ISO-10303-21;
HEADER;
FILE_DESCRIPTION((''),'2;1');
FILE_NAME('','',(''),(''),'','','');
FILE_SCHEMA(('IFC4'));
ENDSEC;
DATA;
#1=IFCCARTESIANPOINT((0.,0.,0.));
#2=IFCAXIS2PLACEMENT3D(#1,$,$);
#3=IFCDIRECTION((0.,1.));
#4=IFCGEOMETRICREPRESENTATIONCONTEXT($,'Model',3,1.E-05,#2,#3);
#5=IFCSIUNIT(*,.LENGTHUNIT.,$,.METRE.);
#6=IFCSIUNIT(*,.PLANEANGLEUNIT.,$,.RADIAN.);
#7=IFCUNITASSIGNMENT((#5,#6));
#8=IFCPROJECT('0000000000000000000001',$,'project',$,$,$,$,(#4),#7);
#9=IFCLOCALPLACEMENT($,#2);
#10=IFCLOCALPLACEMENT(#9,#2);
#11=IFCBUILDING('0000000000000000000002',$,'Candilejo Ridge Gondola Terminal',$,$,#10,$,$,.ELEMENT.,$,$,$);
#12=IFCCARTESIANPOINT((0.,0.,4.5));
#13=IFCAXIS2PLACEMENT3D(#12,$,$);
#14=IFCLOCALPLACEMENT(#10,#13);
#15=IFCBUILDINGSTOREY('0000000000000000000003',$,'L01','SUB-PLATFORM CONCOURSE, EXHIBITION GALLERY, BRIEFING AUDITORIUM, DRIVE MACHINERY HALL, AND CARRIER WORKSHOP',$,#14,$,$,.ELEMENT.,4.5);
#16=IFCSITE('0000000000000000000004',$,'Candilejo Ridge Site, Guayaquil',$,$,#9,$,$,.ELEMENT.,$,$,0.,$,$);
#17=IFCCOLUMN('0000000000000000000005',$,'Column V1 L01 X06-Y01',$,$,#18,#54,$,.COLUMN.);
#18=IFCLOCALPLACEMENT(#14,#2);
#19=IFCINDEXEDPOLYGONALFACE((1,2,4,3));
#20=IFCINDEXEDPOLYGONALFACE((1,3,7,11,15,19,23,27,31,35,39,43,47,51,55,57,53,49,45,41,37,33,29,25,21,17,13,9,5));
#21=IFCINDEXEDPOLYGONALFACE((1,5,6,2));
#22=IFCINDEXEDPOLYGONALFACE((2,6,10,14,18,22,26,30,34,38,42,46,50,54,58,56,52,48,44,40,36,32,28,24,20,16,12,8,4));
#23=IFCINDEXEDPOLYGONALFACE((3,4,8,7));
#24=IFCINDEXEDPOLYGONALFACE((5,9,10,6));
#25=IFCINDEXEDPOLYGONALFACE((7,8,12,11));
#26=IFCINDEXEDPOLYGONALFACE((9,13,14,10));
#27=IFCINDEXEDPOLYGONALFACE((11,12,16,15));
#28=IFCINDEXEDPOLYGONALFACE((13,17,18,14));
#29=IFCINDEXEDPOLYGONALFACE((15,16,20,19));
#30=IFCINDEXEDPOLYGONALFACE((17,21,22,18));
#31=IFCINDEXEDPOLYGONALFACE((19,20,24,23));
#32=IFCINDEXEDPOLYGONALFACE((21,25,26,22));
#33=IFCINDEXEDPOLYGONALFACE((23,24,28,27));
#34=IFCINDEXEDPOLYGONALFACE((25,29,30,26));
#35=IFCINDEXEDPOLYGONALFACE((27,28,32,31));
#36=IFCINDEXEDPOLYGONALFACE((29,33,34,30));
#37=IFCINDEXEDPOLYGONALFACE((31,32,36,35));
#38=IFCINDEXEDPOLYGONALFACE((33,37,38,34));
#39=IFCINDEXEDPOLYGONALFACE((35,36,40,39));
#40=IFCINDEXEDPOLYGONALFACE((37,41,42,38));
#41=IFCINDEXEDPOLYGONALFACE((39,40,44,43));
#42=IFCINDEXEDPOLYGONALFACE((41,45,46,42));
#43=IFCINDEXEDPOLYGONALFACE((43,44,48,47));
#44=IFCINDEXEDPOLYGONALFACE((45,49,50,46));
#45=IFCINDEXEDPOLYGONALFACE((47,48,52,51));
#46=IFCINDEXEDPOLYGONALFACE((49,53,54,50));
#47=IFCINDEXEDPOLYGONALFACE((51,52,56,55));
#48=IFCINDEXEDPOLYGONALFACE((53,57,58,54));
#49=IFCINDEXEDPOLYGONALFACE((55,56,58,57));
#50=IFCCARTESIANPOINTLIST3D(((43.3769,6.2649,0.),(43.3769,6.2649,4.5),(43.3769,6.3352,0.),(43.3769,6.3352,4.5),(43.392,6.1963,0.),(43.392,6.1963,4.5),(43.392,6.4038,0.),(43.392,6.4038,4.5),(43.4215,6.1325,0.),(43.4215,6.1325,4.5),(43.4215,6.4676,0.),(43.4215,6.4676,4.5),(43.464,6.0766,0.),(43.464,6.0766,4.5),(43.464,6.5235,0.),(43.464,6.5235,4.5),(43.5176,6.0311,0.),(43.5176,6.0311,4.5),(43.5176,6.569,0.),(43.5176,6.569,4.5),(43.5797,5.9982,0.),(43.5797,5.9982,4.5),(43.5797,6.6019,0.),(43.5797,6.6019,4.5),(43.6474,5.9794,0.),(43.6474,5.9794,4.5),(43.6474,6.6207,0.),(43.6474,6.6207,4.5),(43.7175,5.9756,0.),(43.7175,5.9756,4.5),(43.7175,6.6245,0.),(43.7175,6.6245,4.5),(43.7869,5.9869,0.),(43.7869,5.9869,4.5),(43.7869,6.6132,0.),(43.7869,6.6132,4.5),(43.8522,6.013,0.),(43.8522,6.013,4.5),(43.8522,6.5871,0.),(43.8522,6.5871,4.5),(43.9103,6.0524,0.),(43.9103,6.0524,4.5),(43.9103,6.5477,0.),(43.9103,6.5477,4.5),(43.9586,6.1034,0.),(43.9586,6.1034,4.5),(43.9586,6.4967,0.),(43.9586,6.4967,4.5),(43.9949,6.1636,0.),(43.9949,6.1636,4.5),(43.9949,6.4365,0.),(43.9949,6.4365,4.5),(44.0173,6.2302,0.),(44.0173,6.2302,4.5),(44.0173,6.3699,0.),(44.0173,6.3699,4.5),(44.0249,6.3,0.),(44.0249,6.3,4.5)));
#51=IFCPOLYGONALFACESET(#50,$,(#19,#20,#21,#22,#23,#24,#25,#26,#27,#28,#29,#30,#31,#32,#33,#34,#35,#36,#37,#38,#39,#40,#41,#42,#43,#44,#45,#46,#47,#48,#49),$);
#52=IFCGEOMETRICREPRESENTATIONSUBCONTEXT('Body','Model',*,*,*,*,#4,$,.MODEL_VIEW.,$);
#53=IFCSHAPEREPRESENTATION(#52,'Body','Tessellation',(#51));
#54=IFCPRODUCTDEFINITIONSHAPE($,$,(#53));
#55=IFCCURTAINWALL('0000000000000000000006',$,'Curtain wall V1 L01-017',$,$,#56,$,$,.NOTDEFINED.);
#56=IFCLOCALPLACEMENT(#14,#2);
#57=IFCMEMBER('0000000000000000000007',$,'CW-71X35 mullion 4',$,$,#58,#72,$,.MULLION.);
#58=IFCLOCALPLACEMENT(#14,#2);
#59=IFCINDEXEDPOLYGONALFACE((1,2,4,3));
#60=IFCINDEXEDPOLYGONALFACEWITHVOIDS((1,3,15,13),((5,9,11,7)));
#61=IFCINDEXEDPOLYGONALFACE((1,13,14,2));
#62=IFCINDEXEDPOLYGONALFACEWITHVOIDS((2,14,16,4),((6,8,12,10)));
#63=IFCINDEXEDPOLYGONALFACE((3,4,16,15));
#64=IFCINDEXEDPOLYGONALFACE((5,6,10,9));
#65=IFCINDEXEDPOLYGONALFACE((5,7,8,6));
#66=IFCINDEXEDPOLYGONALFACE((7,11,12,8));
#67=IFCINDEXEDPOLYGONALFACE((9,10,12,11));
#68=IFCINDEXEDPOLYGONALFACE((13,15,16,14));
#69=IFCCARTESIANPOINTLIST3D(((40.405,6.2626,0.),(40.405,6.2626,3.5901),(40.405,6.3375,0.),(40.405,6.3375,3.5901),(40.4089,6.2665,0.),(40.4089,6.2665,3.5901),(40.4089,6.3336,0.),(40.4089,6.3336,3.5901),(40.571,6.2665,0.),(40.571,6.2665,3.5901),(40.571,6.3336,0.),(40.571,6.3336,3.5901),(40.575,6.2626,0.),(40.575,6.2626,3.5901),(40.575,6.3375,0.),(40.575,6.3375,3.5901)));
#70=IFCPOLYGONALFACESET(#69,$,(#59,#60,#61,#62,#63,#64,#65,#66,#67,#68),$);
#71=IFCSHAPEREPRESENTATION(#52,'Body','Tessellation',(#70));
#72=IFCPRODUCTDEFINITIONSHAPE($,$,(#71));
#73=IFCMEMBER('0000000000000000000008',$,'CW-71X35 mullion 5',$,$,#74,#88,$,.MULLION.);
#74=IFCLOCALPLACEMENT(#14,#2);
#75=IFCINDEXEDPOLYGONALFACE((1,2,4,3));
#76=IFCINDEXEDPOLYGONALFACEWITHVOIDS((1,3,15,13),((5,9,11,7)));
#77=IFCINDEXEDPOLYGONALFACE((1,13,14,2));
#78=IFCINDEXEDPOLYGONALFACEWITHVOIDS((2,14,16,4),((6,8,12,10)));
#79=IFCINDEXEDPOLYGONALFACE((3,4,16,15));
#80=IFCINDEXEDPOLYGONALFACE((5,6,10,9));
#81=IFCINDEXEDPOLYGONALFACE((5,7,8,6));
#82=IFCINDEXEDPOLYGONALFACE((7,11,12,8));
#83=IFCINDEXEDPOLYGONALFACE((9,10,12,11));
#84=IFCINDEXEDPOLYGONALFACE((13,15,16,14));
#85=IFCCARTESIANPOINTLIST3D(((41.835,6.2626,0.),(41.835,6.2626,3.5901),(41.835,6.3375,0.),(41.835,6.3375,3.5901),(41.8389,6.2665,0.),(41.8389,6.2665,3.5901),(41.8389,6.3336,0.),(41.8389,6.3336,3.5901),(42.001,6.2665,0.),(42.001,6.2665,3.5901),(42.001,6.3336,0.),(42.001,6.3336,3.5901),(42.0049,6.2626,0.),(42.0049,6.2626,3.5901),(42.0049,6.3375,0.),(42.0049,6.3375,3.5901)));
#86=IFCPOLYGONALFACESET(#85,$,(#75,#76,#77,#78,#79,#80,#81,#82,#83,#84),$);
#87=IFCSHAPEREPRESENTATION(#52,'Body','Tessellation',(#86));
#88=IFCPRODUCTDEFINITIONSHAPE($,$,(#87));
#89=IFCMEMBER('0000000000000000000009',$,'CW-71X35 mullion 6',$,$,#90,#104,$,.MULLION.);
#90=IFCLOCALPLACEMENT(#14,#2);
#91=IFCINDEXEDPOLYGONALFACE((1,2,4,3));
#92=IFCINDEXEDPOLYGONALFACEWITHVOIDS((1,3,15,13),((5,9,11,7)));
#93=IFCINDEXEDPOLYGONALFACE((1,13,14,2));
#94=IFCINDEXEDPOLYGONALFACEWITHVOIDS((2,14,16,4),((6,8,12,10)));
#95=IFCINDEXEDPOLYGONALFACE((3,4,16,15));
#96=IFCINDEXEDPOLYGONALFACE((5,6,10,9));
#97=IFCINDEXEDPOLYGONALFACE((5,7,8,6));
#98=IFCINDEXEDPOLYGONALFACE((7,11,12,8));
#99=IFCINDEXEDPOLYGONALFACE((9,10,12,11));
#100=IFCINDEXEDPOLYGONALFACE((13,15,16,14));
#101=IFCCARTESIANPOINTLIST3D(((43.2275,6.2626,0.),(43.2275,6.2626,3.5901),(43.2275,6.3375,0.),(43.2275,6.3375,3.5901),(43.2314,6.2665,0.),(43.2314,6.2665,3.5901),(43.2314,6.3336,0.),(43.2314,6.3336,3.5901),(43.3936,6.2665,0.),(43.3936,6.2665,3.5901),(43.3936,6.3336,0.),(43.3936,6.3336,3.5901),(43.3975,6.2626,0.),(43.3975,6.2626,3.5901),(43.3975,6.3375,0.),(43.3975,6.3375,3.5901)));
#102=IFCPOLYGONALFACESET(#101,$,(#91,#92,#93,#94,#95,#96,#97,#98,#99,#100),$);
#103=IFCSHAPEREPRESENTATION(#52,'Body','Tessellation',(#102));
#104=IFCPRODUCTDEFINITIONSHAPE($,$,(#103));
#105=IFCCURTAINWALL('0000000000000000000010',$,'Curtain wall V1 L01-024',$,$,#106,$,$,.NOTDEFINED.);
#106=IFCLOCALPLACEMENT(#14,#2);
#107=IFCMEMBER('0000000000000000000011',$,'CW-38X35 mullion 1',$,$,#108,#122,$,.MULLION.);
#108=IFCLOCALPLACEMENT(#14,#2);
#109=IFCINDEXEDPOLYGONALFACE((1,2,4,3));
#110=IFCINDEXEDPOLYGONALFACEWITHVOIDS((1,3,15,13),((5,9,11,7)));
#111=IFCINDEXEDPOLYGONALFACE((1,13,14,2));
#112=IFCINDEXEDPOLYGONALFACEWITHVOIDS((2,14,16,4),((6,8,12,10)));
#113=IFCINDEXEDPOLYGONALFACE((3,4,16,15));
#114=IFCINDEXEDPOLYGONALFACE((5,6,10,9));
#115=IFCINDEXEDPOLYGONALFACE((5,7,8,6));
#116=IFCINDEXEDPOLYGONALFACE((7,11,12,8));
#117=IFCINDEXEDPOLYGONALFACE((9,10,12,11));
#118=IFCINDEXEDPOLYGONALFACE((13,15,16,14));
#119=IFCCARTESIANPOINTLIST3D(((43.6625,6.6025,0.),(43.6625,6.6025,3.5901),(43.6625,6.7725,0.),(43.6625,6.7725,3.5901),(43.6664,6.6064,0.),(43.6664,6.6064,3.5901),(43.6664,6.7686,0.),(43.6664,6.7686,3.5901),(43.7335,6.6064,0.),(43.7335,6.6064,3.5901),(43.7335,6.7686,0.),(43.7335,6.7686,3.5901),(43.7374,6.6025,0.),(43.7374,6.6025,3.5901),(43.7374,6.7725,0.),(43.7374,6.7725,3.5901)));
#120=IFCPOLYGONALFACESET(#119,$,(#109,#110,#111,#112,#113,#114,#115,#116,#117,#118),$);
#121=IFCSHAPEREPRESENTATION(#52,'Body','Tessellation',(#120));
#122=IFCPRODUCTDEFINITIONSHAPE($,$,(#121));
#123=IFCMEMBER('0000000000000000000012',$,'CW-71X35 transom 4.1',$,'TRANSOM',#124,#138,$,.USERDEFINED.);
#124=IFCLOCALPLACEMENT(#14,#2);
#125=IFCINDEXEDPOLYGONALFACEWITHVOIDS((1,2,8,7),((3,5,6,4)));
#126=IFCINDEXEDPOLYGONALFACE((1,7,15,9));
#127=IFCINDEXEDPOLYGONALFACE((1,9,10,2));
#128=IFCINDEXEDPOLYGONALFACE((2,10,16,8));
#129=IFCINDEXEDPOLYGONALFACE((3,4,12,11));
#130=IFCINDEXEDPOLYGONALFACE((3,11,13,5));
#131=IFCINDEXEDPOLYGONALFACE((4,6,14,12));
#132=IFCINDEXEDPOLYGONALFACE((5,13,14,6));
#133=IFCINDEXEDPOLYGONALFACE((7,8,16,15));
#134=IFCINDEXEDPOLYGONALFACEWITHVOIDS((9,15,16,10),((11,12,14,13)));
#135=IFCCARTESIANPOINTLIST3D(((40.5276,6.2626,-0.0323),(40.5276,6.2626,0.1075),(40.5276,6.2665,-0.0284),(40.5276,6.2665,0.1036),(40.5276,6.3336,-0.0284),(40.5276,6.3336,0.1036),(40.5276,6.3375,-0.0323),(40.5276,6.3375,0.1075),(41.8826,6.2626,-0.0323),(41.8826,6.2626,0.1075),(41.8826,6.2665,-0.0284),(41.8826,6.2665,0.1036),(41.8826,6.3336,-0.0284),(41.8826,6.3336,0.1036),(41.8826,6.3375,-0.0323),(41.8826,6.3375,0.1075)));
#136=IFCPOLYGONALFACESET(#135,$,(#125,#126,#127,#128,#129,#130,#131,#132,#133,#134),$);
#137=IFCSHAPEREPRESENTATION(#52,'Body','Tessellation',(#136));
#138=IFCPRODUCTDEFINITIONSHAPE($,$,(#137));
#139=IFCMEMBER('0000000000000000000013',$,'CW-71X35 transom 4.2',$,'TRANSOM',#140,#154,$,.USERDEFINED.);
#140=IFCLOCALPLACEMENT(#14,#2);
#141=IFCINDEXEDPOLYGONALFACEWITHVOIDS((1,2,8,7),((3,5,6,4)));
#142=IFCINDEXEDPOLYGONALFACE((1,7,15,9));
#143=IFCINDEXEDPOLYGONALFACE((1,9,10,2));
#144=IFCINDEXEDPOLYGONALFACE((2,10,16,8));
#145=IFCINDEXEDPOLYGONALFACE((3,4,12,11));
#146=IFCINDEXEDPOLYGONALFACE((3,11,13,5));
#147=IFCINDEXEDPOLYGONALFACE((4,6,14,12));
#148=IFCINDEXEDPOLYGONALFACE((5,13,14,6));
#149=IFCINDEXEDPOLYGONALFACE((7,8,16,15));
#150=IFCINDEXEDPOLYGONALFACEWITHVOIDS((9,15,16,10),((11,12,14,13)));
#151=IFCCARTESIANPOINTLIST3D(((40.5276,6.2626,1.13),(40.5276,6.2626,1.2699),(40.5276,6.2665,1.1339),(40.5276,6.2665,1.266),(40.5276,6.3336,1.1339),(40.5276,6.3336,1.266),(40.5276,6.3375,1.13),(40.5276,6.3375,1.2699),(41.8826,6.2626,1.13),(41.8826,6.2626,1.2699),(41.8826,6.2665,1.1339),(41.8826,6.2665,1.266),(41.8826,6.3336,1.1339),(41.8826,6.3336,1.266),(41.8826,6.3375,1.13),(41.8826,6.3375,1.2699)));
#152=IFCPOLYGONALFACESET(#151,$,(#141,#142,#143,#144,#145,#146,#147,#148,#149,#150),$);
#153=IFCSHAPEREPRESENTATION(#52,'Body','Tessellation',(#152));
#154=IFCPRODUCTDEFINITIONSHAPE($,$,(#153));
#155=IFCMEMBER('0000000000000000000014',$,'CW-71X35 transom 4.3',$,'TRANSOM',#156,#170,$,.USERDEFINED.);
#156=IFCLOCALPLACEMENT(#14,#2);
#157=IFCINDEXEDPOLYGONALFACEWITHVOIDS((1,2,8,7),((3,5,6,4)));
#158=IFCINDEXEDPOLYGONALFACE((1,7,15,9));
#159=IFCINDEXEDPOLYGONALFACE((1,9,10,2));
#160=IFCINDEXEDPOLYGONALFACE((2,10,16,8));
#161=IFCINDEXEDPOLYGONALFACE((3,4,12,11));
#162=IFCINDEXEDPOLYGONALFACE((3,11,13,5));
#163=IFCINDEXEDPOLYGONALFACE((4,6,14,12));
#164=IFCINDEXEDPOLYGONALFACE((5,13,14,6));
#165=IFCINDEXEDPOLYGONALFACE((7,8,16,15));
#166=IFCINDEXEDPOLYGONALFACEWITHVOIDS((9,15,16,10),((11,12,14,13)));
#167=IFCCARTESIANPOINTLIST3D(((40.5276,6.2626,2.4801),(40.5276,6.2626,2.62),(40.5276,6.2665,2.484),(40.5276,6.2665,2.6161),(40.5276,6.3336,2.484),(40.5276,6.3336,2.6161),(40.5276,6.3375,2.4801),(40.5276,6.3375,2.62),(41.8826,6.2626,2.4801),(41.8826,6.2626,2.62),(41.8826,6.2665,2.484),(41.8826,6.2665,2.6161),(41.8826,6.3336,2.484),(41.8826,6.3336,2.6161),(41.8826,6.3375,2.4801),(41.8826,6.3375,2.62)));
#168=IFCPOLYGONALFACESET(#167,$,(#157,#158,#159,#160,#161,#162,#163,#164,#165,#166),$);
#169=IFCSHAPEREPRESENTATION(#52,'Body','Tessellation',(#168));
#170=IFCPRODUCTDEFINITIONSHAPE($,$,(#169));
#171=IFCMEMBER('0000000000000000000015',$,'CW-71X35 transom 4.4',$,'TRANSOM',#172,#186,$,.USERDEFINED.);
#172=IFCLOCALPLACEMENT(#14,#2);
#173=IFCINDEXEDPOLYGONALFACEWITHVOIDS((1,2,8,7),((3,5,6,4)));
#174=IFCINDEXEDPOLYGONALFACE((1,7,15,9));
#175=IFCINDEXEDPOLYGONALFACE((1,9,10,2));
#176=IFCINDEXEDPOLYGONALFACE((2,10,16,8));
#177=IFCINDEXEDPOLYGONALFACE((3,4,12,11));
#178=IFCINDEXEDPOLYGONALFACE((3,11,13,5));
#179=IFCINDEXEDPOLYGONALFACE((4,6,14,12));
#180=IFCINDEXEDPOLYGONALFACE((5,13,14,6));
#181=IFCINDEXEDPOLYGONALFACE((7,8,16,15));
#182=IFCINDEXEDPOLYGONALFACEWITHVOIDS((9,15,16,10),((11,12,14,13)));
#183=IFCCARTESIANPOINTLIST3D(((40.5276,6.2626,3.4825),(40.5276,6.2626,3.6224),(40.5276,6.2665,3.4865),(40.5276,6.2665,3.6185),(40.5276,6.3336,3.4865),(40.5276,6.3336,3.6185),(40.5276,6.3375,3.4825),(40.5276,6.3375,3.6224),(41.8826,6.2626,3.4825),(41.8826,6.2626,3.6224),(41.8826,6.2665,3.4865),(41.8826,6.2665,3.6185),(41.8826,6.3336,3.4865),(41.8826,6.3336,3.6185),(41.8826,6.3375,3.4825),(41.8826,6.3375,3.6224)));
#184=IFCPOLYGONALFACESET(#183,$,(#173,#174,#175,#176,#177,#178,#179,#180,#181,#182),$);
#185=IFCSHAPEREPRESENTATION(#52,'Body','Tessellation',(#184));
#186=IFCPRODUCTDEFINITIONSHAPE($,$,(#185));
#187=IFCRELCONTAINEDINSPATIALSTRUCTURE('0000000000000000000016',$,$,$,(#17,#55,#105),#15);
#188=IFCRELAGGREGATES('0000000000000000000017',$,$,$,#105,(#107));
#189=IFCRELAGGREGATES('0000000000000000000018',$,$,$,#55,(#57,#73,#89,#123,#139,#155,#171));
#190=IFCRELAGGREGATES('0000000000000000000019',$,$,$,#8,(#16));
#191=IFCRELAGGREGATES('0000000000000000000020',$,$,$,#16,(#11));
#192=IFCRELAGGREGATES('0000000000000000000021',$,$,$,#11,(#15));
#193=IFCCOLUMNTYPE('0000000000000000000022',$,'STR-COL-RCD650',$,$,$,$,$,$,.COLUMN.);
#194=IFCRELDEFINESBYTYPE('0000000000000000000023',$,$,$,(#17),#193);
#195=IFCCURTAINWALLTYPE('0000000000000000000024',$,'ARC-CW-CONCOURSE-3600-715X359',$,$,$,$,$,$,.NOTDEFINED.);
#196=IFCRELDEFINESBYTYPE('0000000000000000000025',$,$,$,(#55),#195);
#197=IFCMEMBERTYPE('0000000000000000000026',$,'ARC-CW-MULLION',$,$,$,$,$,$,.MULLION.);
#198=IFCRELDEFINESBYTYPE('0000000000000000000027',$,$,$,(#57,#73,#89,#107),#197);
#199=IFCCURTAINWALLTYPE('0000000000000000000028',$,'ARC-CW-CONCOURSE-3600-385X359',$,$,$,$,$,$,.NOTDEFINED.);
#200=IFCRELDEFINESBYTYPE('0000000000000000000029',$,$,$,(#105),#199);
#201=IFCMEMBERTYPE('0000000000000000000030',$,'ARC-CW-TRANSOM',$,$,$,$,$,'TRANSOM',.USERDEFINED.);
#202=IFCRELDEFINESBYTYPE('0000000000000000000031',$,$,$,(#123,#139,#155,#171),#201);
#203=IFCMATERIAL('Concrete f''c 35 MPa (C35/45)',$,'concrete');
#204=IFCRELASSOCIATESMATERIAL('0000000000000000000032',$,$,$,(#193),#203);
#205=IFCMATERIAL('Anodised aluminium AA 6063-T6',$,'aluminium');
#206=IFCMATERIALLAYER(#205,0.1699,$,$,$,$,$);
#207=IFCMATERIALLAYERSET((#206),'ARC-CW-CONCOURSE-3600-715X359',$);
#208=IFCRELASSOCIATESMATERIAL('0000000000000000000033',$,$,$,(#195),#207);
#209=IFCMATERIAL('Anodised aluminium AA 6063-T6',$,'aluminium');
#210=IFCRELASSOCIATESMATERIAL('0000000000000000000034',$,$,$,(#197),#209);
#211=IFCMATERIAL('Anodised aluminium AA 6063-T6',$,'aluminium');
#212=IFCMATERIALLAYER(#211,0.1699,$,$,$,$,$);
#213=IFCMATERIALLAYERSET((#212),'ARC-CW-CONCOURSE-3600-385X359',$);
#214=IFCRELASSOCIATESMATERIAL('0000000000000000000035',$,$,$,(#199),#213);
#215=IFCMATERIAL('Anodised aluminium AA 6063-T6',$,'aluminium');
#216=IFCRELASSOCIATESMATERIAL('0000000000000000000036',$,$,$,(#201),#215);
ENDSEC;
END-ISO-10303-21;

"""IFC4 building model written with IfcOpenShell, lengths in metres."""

from ifc_helpers import new_model, si_unit, direction, frame, origin, origin_2d, place, context, subcontext, project, spatial, hollow_rectangle, circle, extrude, material, layer, layer_set, material_profile, profile_set, type_object, element, aggregate, save


model = new_model("IFC4")

# Units and contexts
model_context = context("Model", 3, precision=1e-05, world=origin(), true_north=direction((0.0, 1.0)))
body_context = subcontext(model_context, "Body", "Model", "MODEL_VIEW")
ifc_project = project(units=[si_unit("LENGTHUNIT", "METRE"), si_unit("PLANEANGLEUNIT", "RADIAN")], contexts=[model_context])

# Site, building, storey
site_placement = place(None, origin())
site = spatial("IfcSite", under=ifc_project, at=site_placement, Name="Candilejo Ridge Site, Guayaquil", CompositionType="ELEMENT", RefElevation=0.0)
building_placement = place(site_placement, origin())
building = spatial("IfcBuilding", under=site, at=building_placement, Name="Candilejo Ridge Gondola Terminal", CompositionType="ELEMENT")
storey_placement = place(building_placement, frame((0.0, 0.0, 4.5)))
storey = spatial("IfcBuildingStorey", under=building, at=storey_placement, Name="L01", Description="SUB-PLATFORM CONCOURSE, EXHIBITION GALLERY, BRIEFING AUDITORIUM, DRIVE MACHINERY HALL, AND CARRIER WORKSHOP", CompositionType="ELEMENT", Elevation=4.5)

# Column
ifc_material_1 = material(Name="Concrete f'c 35 MPa (C35/45)", Category="concrete")
ifc_material_profile_1 = material_profile(ifc_material_1, circle(Radius=0.325, at=origin_2d()))
ifc_profile_set_1 = profile_set([ifc_material_profile_1], Name="Concrete f'c 35 MPa (C35/45)")
column_type = type_object("IfcColumnType", Name="STR-COL-RCD650", PredefinedType="COLUMN", material=ifc_profile_set_1)
column_placement = place(storey_placement, frame((43.7, 6.3, 0.0), z_axis=(0.0, 0.0, 1.0), x_axis=(1.0, 0.0, 0.0)))
element("IfcColumn", 1, at=column_placement, inside=storey, type_object=column_type, Name="Column V1 L01 X06-Y01", PredefinedType="COLUMN", context=body_context, shape_type="SweptSolid", body=[
    extrude(circle(Radius=0.325, at=origin_2d()), origin(), (0.0, 0.0, 1.0), 4.5),
])

# Curtain wall, members
ifc_material_2 = material(Name="Anodised aluminium AA 6063-T6", Category="aluminium")
ifc_layer_1 = layer(ifc_material_2, 0.1699)
ifc_layer_set_1 = layer_set([ifc_layer_1], Name="ARC-CW-CONCOURSE-3600-715X359")
curtain_wall_type_1 = type_object("IfcCurtainWallType", Name="ARC-CW-CONCOURSE-3600-715X359", PredefinedType="NOTDEFINED", material=ifc_layer_set_1)
curtain_wall_1_placement = place(storey_placement, origin())
curtain_wall_1 = element("IfcCurtainWall", 2, at=curtain_wall_1_placement, inside=storey, type_object=curtain_wall_type_1, Name="Curtain wall V1 L01-017", PredefinedType="NOTDEFINED")
ifc_material_3 = material(Name="Anodised aluminium AA 6063-T6", Category="aluminium")
ifc_material_profile_2 = material_profile(ifc_material_3, hollow_rectangle(XDim=0.075, YDim=0.1699, WallThickness=0.0039, at=origin_2d()))
ifc_profile_set_2 = profile_set([ifc_material_profile_2], Name="Anodised aluminium AA 6063-T6")
member_type_1 = type_object("IfcMemberType", Name="ARC-CW-MULLION", PredefinedType="MULLION", material=ifc_profile_set_2)
member_1_placement = place(storey_placement, frame((40.49, 6.3, 0.0), z_axis=(0.0, 0.0, 1.0), x_axis=(0.0, 1.0, 0.0)))
member_1 = element("IfcMember", 3, at=member_1_placement, type_object=member_type_1, Name="CW-71X35 mullion 4", PredefinedType="MULLION", context=body_context, shape_type="SweptSolid", body=[
    extrude(hollow_rectangle(XDim=0.075, YDim=0.1699, WallThickness=0.0039, at=origin_2d()), origin(), (0.0, 0.0, 1.0), 3.5901),
])
member_2_placement = place(storey_placement, frame((41.9199, 6.3, 0.0), z_axis=(0.0, 0.0, 1.0), x_axis=(0.0, 1.0, 0.0)))
member_2 = element("IfcMember", 4, at=member_2_placement, type_object=member_type_1, Name="CW-71X35 mullion 5", PredefinedType="MULLION", context=body_context, shape_type="SweptSolid", body=[
    extrude(hollow_rectangle(XDim=0.075, YDim=0.1699, WallThickness=0.0039, at=origin_2d()), origin(), (0.0, 0.0, 1.0), 3.5901),
])
member_3_placement = place(storey_placement, frame((43.3125, 6.3, 0.0), z_axis=(0.0, 0.0, 1.0), x_axis=(0.0, 1.0, 0.0)))
member_3 = element("IfcMember", 5, at=member_3_placement, type_object=member_type_1, Name="CW-71X35 mullion 6", PredefinedType="MULLION", context=body_context, shape_type="SweptSolid", body=[
    extrude(hollow_rectangle(XDim=0.075, YDim=0.1699, WallThickness=0.0039, at=origin_2d()), origin(), (0.0, 0.0, 1.0), 3.5901),
])

# Curtain wall, member
ifc_material_4 = material(Name="Anodised aluminium AA 6063-T6", Category="aluminium")
ifc_layer_2 = layer(ifc_material_4, 0.1699)
ifc_layer_set_2 = layer_set([ifc_layer_2], Name="ARC-CW-CONCOURSE-3600-385X359")
curtain_wall_type_2 = type_object("IfcCurtainWallType", Name="ARC-CW-CONCOURSE-3600-385X359", PredefinedType="NOTDEFINED", material=ifc_layer_set_2)
curtain_wall_2_placement = place(storey_placement, origin())
curtain_wall_2 = element("IfcCurtainWall", 6, at=curtain_wall_2_placement, inside=storey, type_object=curtain_wall_type_2, Name="Curtain wall V1 L01-024", PredefinedType="NOTDEFINED")
member_4_placement = place(storey_placement, frame((43.7, 6.6875, 0.0), z_axis=(0.0, 0.0, 1.0), x_axis=(-1.0, 0.0, 0.0)))
member_4 = element("IfcMember", 7, at=member_4_placement, type_object=member_type_1, Name="CW-38X35 mullion 1", PredefinedType="MULLION", context=body_context, shape_type="SweptSolid", body=[
    extrude(hollow_rectangle(XDim=0.075, YDim=0.1699, WallThickness=0.0039, at=origin_2d()), origin(), (0.0, 0.0, 1.0), 3.5901),
])

# Members
ifc_material_5 = material(Name="Anodised aluminium AA 6063-T6", Category="aluminium")
ifc_material_profile_3 = material_profile(ifc_material_5, hollow_rectangle(XDim=0.075, YDim=0.1399, WallThickness=0.0039, at=origin_2d()))
ifc_profile_set_3 = profile_set([ifc_material_profile_3], Name="Anodised aluminium AA 6063-T6")
member_type_2 = type_object("IfcMemberType", Name="ARC-CW-TRANSOM", ElementType="TRANSOM", PredefinedType="USERDEFINED", material=ifc_profile_set_3)
member_5_placement = place(storey_placement, frame((40.5276, 6.3, 0.0376), z_axis=(1.0, 0.0, 0.0), x_axis=(0.0, 1.0, 0.0)))
member_5 = element("IfcMember", 8, at=member_5_placement, type_object=member_type_2, Name="CW-71X35 transom 4.1", ObjectType="TRANSOM", PredefinedType="USERDEFINED", context=body_context, shape_type="SweptSolid", body=[
    extrude(hollow_rectangle(XDim=0.075, YDim=0.1399, WallThickness=0.0039, at=origin_2d()), origin(), (0.0, 0.0, 1.0), 1.355),
])
member_6_placement = place(storey_placement, frame((40.5276, 6.3, 1.2), z_axis=(1.0, 0.0, 0.0), x_axis=(0.0, 1.0, 0.0)))
member_6 = element("IfcMember", 9, at=member_6_placement, type_object=member_type_2, Name="CW-71X35 transom 4.2", ObjectType="TRANSOM", PredefinedType="USERDEFINED", context=body_context, shape_type="SweptSolid", body=[
    extrude(hollow_rectangle(XDim=0.075, YDim=0.1399, WallThickness=0.0039, at=origin_2d()), origin(), (0.0, 0.0, 1.0), 1.355),
])
member_7_placement = place(storey_placement, frame((40.5276, 6.3, 2.55), z_axis=(1.0, 0.0, 0.0), x_axis=(0.0, 1.0, 0.0)))
member_7 = element("IfcMember", 10, at=member_7_placement, type_object=member_type_2, Name="CW-71X35 transom 4.3", ObjectType="TRANSOM", PredefinedType="USERDEFINED", context=body_context, shape_type="SweptSolid", body=[
    extrude(hollow_rectangle(XDim=0.075, YDim=0.1399, WallThickness=0.0039, at=origin_2d()), origin(), (0.0, 0.0, 1.0), 1.355),
])
member_8_placement = place(storey_placement, frame((40.5276, 6.3, 3.5525), z_axis=(1.0, 0.0, 0.0), x_axis=(0.0, 1.0, 0.0)))
member_8 = element("IfcMember", 11, at=member_8_placement, type_object=member_type_2, Name="CW-71X35 transom 4.4", ObjectType="TRANSOM", PredefinedType="USERDEFINED", context=body_context, shape_type="SweptSolid", body=[
    extrude(hollow_rectangle(XDim=0.075, YDim=0.1399, WallThickness=0.0039, at=origin_2d()), origin(), (0.0, 0.0, 1.0), 1.355),
])
aggregate(curtain_wall_2, [member_4])

aggregate(curtain_wall_1, [member_1, member_2, member_3, member_5, member_6, member_7, member_8])

save(model, "model.ifc")
